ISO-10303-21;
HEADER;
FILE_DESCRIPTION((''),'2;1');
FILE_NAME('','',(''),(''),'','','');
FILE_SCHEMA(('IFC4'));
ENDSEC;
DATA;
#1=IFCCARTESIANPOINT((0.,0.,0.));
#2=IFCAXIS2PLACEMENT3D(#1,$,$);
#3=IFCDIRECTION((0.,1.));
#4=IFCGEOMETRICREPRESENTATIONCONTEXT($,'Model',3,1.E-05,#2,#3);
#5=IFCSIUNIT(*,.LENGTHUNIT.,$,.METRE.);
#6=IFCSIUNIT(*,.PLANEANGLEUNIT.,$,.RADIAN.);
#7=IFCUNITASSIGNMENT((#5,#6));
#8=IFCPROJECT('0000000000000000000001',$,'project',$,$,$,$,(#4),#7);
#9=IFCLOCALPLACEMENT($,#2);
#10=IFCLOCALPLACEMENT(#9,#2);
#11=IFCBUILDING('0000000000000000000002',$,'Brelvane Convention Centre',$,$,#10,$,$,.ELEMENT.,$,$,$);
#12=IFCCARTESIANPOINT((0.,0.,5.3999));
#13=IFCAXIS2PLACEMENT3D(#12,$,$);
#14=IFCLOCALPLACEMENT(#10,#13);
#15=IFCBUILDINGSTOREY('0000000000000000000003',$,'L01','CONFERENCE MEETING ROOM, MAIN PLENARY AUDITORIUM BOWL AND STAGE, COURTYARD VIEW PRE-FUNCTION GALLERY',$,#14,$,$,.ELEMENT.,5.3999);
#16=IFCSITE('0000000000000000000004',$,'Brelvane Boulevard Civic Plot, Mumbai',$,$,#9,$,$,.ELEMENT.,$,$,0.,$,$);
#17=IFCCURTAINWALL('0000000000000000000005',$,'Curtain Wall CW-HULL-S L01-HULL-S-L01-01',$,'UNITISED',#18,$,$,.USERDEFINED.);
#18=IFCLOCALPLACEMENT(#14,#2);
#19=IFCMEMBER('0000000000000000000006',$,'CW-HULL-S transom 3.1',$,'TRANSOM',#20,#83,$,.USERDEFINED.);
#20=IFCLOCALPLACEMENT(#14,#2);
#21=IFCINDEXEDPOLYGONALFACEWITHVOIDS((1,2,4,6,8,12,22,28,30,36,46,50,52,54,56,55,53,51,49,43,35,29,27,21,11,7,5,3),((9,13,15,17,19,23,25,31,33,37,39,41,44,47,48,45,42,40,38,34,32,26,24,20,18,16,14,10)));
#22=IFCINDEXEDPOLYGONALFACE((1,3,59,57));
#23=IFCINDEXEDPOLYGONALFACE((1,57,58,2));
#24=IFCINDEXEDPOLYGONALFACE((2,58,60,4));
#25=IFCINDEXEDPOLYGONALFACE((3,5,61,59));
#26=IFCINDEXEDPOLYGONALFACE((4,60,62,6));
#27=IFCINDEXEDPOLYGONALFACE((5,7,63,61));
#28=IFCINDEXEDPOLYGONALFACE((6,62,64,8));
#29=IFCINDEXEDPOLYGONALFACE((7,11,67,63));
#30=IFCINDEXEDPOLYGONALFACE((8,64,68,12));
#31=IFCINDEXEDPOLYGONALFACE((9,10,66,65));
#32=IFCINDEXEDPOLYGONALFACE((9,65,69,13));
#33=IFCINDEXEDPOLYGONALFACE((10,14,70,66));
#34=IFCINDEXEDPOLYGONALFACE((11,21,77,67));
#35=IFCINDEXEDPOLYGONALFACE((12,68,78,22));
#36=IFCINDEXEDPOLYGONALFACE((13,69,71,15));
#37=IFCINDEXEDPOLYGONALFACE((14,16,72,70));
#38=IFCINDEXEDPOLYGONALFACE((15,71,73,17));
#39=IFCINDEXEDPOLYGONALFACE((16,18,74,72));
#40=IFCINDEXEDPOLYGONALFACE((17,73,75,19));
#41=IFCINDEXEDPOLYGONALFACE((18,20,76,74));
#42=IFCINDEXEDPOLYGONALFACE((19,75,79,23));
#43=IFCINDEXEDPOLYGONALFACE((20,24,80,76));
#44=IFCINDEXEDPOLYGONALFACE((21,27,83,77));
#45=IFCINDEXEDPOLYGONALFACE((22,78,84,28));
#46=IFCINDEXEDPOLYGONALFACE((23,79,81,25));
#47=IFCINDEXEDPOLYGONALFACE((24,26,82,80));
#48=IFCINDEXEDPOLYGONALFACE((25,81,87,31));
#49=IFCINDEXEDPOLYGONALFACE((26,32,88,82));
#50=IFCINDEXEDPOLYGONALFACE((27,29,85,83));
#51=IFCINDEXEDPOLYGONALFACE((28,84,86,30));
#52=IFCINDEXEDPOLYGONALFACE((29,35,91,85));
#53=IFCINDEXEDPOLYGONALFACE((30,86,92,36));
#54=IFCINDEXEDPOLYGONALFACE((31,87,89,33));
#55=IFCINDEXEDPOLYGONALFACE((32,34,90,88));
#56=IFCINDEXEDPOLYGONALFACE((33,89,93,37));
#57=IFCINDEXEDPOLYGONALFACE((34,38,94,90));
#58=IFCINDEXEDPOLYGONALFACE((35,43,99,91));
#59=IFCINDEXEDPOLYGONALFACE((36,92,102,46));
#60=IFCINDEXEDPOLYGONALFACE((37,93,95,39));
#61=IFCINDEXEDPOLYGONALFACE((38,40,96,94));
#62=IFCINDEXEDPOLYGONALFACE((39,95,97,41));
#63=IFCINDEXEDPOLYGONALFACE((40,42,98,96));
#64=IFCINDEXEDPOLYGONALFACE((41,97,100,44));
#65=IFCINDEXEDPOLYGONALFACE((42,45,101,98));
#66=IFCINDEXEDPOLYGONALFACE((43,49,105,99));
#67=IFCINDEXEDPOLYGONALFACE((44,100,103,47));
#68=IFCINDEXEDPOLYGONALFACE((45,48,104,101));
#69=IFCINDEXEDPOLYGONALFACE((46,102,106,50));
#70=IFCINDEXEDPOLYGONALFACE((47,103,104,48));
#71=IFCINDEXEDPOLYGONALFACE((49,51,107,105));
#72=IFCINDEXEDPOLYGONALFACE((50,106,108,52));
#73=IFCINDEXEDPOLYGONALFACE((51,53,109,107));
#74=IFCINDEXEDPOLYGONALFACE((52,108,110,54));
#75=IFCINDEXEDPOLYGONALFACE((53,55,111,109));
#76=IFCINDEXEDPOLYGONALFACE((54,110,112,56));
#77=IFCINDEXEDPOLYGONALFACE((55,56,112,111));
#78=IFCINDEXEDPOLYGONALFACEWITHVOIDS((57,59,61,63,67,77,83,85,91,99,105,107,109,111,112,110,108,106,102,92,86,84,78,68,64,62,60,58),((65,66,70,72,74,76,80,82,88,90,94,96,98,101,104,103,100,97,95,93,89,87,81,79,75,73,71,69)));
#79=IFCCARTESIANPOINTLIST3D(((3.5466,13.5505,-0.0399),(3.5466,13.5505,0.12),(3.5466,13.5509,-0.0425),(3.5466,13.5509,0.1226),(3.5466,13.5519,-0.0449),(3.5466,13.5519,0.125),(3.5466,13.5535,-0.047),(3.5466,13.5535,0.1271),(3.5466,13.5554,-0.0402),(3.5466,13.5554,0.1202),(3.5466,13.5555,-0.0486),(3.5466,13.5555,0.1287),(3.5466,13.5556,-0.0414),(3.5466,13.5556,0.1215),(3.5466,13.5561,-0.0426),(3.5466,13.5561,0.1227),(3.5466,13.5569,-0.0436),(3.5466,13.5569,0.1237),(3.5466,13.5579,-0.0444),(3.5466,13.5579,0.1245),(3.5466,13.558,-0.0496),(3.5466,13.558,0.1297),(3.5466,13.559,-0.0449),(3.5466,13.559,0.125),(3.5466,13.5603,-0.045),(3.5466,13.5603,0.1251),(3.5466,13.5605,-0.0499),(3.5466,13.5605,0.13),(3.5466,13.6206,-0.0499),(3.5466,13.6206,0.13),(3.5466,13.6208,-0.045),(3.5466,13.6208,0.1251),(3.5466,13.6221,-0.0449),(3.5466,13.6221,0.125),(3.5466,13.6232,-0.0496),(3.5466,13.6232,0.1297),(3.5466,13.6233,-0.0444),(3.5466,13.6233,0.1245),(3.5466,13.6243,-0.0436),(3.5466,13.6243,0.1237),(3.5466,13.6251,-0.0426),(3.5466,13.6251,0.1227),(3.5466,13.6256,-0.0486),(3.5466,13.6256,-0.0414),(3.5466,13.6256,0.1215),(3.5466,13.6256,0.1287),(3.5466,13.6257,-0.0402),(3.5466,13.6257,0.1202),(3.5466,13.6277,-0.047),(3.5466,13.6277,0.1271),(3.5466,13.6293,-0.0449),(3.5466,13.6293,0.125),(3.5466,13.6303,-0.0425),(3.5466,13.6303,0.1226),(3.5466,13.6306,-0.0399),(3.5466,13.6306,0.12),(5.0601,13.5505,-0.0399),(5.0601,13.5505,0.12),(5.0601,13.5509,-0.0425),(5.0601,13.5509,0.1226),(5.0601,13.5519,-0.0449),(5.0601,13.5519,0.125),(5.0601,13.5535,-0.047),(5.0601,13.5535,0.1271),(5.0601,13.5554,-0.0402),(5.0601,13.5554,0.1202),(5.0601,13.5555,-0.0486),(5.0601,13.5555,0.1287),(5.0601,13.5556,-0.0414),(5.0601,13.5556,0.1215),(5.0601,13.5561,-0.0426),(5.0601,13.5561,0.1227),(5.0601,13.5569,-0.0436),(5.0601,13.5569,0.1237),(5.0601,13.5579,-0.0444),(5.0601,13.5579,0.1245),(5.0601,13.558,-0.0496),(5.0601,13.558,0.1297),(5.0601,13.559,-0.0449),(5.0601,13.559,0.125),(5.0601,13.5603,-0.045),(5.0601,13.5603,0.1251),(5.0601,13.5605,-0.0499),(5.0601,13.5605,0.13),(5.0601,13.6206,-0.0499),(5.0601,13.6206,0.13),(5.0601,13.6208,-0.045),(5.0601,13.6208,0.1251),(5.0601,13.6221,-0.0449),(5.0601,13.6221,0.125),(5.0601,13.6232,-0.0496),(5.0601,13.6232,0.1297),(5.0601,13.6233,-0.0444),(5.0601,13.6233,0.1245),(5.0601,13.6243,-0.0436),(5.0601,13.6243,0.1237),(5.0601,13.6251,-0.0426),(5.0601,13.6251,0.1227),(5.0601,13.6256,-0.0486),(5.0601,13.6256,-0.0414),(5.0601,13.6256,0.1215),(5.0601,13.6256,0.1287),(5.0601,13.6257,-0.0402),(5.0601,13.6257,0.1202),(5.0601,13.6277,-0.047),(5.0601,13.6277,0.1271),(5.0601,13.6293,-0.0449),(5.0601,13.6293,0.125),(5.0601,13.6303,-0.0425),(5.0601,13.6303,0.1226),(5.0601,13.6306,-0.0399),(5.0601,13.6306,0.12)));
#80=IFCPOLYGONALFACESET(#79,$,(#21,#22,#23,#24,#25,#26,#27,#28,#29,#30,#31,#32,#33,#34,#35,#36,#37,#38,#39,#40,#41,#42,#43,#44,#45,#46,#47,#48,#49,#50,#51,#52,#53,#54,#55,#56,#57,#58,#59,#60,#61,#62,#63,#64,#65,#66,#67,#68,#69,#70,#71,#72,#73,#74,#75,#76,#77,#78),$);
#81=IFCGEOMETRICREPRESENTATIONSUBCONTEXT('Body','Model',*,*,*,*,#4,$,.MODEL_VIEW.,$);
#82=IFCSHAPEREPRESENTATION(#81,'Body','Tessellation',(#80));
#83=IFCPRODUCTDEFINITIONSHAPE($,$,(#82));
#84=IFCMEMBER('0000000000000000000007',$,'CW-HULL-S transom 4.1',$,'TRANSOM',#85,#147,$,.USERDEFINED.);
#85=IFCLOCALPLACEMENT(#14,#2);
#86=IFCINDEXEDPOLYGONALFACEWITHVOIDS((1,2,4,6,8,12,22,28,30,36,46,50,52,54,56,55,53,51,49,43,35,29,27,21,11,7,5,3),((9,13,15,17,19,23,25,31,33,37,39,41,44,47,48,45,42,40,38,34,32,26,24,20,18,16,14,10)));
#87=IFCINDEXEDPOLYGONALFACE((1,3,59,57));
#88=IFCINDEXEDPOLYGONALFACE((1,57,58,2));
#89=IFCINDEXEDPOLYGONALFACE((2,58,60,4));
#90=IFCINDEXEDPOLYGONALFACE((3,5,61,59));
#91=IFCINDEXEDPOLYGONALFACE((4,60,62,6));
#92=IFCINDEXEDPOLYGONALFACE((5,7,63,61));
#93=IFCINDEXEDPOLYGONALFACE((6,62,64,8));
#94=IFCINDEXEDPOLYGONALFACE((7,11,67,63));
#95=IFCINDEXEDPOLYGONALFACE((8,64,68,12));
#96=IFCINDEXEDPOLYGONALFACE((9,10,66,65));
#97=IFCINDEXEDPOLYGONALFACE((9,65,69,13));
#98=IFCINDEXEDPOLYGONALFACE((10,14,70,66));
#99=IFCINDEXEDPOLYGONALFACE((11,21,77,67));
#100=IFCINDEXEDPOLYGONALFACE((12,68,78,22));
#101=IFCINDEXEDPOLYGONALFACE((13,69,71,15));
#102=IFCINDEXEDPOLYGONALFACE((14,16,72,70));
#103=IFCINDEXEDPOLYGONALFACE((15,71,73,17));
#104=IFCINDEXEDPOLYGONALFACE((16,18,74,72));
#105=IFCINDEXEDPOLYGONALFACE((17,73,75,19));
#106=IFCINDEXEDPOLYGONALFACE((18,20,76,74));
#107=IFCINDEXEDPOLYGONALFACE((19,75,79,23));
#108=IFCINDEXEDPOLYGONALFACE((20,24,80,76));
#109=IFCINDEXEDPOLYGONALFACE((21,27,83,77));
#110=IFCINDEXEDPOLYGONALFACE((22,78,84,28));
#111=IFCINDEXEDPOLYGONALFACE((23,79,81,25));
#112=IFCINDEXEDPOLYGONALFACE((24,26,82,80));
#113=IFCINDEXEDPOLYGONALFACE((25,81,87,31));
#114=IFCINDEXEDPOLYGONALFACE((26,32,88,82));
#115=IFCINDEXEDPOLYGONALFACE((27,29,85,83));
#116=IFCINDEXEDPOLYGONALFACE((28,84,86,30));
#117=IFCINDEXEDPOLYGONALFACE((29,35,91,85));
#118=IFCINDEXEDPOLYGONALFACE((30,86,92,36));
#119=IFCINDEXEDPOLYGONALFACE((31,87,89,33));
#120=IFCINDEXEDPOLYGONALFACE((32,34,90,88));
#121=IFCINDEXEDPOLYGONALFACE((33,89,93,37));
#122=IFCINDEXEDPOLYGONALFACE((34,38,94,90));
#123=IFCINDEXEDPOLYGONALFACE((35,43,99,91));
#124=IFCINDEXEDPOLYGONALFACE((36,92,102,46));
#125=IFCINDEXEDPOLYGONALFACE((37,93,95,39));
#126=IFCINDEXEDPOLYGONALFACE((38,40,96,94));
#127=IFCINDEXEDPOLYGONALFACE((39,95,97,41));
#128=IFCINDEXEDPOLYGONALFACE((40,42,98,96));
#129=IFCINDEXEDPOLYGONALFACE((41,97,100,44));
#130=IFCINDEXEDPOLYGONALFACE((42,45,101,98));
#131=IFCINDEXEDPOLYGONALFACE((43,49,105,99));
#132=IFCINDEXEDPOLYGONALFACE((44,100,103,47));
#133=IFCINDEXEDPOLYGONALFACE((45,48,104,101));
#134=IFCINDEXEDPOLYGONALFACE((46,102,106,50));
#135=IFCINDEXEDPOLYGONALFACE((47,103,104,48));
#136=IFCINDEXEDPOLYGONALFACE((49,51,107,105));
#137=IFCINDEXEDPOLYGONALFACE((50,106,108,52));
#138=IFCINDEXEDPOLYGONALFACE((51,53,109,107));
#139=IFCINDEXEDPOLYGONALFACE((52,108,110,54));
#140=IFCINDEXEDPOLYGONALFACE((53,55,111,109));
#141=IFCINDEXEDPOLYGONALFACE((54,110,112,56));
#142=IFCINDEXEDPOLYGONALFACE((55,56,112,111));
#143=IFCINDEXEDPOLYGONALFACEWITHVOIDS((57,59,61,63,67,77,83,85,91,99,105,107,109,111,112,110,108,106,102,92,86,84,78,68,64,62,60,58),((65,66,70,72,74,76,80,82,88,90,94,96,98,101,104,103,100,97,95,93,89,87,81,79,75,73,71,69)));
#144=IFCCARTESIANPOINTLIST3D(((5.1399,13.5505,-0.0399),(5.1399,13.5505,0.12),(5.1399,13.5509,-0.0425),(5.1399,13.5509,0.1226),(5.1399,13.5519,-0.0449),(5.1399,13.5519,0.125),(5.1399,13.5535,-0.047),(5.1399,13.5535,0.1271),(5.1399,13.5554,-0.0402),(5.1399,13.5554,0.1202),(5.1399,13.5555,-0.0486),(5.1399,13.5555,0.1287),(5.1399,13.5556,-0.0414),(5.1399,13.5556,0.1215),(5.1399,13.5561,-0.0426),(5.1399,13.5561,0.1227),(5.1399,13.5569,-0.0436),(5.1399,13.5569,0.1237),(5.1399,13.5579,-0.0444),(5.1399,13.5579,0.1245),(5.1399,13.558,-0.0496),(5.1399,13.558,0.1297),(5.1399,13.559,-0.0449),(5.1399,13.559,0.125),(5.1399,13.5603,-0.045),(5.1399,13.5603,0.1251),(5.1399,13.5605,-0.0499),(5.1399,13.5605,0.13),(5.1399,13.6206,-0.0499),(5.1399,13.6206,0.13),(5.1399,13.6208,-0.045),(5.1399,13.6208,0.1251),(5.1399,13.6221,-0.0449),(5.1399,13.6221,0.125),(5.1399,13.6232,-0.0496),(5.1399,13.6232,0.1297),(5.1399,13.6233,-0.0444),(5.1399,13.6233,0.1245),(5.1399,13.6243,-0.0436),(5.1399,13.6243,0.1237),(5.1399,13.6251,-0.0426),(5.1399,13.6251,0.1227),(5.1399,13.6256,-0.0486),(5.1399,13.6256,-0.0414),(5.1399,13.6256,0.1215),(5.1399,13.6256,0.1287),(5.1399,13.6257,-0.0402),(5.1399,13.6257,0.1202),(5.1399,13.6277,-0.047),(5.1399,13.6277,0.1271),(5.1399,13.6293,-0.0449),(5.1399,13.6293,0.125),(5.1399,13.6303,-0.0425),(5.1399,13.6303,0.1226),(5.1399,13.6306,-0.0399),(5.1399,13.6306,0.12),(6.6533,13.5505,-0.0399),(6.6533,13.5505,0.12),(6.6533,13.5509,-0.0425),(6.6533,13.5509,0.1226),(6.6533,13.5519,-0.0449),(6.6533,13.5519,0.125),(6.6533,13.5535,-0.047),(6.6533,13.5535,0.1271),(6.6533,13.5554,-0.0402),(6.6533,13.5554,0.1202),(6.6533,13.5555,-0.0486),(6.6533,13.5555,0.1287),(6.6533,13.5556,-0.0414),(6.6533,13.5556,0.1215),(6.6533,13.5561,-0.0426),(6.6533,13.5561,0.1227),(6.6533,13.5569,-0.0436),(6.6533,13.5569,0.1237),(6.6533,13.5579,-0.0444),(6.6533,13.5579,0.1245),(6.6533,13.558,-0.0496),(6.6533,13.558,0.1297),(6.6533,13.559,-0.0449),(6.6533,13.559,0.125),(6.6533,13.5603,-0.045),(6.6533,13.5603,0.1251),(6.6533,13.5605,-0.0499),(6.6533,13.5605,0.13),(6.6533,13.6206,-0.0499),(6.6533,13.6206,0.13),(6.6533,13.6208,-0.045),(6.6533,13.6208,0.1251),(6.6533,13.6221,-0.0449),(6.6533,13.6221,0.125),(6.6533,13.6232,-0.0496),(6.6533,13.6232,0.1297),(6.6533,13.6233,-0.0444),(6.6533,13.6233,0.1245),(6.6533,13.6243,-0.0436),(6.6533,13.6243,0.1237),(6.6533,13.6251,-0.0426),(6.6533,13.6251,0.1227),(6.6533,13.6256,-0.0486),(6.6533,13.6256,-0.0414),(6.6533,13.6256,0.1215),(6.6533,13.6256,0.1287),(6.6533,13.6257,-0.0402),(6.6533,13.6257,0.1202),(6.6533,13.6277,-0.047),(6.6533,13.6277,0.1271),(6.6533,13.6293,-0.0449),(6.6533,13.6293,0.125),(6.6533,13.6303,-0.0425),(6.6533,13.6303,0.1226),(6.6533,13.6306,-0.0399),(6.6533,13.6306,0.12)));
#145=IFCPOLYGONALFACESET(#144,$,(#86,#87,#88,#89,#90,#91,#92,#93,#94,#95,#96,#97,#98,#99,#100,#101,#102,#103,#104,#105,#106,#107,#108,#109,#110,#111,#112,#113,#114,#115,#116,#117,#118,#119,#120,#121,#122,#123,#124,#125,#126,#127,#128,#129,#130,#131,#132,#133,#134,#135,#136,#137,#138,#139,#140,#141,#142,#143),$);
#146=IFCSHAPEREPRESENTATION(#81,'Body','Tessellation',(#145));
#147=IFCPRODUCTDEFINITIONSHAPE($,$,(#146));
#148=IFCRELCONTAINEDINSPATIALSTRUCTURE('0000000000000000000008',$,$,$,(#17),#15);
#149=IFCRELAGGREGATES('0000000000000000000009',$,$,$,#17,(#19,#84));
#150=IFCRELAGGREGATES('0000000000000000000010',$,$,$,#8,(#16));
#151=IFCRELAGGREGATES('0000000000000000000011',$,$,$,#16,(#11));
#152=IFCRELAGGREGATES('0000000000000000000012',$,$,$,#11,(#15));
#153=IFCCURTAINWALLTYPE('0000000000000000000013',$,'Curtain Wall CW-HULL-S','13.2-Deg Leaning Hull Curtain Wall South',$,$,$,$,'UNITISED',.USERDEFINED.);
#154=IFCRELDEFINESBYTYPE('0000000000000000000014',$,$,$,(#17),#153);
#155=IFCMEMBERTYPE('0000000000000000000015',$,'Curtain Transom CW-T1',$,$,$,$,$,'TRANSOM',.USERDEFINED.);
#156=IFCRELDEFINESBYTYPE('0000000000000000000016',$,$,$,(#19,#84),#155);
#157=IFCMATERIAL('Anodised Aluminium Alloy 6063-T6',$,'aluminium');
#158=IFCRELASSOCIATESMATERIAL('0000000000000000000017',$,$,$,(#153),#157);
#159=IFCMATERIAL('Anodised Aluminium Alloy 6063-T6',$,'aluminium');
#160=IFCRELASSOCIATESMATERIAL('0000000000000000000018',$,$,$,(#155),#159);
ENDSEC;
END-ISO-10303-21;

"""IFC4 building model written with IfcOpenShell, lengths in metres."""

from ifc_helpers import new_model, si_unit, direction, frame, origin, origin_2d, place, context, subcontext, project, spatial, hollow_rectangle, extrude, material, material_profile, profile_set, type_object, element, aggregate, save


model = new_model("IFC4")

# Units and contexts
model_context = context("Model", 3, precision=1e-05, world=origin(), true_north=direction((0.0, 1.0)))
body_context = subcontext(model_context, "Body", "Model", "MODEL_VIEW")
ifc_project = project(units=[si_unit("LENGTHUNIT", "METRE"), si_unit("PLANEANGLEUNIT", "RADIAN")], contexts=[model_context])

# Site, building, storey
site_placement = place(None, origin())
site = spatial("IfcSite", under=ifc_project, at=site_placement, Name="Brelvane Boulevard Civic Plot, Mumbai", CompositionType="ELEMENT", RefElevation=0.0)
building_placement = place(site_placement, origin())
building = spatial("IfcBuilding", under=site, at=building_placement, Name="Brelvane Convention Centre", CompositionType="ELEMENT")
storey_placement = place(building_placement, frame((0.0, 0.0, 5.3999)))
storey = spatial("IfcBuildingStorey", under=building, at=storey_placement, Name="L01", Description="CONFERENCE MEETING ROOM, MAIN PLENARY AUDITORIUM BOWL AND STAGE, COURTYARD VIEW PRE-FUNCTION GALLERY", CompositionType="ELEMENT", Elevation=5.3999)

# Curtain wall
ifc_material_1 = material(Name="Anodised Aluminium Alloy 6063-T6", Category="aluminium")
curtain_wall_type = type_object("IfcCurtainWallType", Name="Curtain Wall CW-HULL-S", Description="13.2-Deg Leaning Hull Curtain Wall South", ElementType="UNITISED", PredefinedType="USERDEFINED", material=ifc_material_1)
curtain_wall_1_placement = place(storey_placement, origin())
curtain_wall_1 = element("IfcCurtainWall", 1, at=curtain_wall_1_placement, inside=storey, type_object=curtain_wall_type, Name="Curtain Wall CW-HULL-S L01-HULL-S-L01-01", ObjectType="UNITISED", PredefinedType="USERDEFINED")

# Members
ifc_material_2 = material(Name="Anodised Aluminium Alloy 6063-T6", Category="aluminium")
ifc_material_profile_1 = material_profile(ifc_material_2, hollow_rectangle(XDim=0.0801, YDim=0.1799, WallThickness=0.0049, InnerFilletRadius=0.0049, OuterFilletRadius=0.01, at=origin_2d()), Name="ALU-T 180x80x5.0")
ifc_profile_set_1 = profile_set([ifc_material_profile_1], Name="Anodised Aluminium Alloy 6063-T6")
member_type_1 = type_object("IfcMemberType", Name="Curtain Transom CW-T1", ElementType="TRANSOM", PredefinedType="USERDEFINED", material=ifc_profile_set_1)
member_1_placement = place(storey_placement, frame((3.5466, 13.5906, 0.04), z_axis=(1.0, 0.0, 0.0), x_axis=(0.0, 1.0, 0.0)))
member_1 = element("IfcMember", 2, at=member_1_placement, type_object=member_type_1, Name="CW-HULL-S transom 3.1", ObjectType="TRANSOM", PredefinedType="USERDEFINED", context=body_context, shape_type="SweptSolid", body=[
    extrude(hollow_rectangle(XDim=0.0801, YDim=0.1799, WallThickness=0.0049, InnerFilletRadius=0.0049, OuterFilletRadius=0.01, at=origin_2d()), origin(), (0.0, 0.0, 1.0), 1.5134),
])
member_2_placement = place(storey_placement, frame((5.1399, 13.5906, 0.04), z_axis=(1.0, 0.0, 0.0), x_axis=(0.0, 1.0, 0.0)))
member_2 = element("IfcMember", 3, at=member_2_placement, type_object=member_type_1, Name="CW-HULL-S transom 4.1", ObjectType="TRANSOM", PredefinedType="USERDEFINED", context=body_context, shape_type="SweptSolid", body=[
    extrude(hollow_rectangle(XDim=0.0801, YDim=0.1799, WallThickness=0.0049, InnerFilletRadius=0.0049, OuterFilletRadius=0.01, at=origin_2d()), origin(), (0.0, 0.0, 1.0), 1.5134),
])
aggregate(curtain_wall_1, [member_1, member_2])

save(model, "model.ifc")
